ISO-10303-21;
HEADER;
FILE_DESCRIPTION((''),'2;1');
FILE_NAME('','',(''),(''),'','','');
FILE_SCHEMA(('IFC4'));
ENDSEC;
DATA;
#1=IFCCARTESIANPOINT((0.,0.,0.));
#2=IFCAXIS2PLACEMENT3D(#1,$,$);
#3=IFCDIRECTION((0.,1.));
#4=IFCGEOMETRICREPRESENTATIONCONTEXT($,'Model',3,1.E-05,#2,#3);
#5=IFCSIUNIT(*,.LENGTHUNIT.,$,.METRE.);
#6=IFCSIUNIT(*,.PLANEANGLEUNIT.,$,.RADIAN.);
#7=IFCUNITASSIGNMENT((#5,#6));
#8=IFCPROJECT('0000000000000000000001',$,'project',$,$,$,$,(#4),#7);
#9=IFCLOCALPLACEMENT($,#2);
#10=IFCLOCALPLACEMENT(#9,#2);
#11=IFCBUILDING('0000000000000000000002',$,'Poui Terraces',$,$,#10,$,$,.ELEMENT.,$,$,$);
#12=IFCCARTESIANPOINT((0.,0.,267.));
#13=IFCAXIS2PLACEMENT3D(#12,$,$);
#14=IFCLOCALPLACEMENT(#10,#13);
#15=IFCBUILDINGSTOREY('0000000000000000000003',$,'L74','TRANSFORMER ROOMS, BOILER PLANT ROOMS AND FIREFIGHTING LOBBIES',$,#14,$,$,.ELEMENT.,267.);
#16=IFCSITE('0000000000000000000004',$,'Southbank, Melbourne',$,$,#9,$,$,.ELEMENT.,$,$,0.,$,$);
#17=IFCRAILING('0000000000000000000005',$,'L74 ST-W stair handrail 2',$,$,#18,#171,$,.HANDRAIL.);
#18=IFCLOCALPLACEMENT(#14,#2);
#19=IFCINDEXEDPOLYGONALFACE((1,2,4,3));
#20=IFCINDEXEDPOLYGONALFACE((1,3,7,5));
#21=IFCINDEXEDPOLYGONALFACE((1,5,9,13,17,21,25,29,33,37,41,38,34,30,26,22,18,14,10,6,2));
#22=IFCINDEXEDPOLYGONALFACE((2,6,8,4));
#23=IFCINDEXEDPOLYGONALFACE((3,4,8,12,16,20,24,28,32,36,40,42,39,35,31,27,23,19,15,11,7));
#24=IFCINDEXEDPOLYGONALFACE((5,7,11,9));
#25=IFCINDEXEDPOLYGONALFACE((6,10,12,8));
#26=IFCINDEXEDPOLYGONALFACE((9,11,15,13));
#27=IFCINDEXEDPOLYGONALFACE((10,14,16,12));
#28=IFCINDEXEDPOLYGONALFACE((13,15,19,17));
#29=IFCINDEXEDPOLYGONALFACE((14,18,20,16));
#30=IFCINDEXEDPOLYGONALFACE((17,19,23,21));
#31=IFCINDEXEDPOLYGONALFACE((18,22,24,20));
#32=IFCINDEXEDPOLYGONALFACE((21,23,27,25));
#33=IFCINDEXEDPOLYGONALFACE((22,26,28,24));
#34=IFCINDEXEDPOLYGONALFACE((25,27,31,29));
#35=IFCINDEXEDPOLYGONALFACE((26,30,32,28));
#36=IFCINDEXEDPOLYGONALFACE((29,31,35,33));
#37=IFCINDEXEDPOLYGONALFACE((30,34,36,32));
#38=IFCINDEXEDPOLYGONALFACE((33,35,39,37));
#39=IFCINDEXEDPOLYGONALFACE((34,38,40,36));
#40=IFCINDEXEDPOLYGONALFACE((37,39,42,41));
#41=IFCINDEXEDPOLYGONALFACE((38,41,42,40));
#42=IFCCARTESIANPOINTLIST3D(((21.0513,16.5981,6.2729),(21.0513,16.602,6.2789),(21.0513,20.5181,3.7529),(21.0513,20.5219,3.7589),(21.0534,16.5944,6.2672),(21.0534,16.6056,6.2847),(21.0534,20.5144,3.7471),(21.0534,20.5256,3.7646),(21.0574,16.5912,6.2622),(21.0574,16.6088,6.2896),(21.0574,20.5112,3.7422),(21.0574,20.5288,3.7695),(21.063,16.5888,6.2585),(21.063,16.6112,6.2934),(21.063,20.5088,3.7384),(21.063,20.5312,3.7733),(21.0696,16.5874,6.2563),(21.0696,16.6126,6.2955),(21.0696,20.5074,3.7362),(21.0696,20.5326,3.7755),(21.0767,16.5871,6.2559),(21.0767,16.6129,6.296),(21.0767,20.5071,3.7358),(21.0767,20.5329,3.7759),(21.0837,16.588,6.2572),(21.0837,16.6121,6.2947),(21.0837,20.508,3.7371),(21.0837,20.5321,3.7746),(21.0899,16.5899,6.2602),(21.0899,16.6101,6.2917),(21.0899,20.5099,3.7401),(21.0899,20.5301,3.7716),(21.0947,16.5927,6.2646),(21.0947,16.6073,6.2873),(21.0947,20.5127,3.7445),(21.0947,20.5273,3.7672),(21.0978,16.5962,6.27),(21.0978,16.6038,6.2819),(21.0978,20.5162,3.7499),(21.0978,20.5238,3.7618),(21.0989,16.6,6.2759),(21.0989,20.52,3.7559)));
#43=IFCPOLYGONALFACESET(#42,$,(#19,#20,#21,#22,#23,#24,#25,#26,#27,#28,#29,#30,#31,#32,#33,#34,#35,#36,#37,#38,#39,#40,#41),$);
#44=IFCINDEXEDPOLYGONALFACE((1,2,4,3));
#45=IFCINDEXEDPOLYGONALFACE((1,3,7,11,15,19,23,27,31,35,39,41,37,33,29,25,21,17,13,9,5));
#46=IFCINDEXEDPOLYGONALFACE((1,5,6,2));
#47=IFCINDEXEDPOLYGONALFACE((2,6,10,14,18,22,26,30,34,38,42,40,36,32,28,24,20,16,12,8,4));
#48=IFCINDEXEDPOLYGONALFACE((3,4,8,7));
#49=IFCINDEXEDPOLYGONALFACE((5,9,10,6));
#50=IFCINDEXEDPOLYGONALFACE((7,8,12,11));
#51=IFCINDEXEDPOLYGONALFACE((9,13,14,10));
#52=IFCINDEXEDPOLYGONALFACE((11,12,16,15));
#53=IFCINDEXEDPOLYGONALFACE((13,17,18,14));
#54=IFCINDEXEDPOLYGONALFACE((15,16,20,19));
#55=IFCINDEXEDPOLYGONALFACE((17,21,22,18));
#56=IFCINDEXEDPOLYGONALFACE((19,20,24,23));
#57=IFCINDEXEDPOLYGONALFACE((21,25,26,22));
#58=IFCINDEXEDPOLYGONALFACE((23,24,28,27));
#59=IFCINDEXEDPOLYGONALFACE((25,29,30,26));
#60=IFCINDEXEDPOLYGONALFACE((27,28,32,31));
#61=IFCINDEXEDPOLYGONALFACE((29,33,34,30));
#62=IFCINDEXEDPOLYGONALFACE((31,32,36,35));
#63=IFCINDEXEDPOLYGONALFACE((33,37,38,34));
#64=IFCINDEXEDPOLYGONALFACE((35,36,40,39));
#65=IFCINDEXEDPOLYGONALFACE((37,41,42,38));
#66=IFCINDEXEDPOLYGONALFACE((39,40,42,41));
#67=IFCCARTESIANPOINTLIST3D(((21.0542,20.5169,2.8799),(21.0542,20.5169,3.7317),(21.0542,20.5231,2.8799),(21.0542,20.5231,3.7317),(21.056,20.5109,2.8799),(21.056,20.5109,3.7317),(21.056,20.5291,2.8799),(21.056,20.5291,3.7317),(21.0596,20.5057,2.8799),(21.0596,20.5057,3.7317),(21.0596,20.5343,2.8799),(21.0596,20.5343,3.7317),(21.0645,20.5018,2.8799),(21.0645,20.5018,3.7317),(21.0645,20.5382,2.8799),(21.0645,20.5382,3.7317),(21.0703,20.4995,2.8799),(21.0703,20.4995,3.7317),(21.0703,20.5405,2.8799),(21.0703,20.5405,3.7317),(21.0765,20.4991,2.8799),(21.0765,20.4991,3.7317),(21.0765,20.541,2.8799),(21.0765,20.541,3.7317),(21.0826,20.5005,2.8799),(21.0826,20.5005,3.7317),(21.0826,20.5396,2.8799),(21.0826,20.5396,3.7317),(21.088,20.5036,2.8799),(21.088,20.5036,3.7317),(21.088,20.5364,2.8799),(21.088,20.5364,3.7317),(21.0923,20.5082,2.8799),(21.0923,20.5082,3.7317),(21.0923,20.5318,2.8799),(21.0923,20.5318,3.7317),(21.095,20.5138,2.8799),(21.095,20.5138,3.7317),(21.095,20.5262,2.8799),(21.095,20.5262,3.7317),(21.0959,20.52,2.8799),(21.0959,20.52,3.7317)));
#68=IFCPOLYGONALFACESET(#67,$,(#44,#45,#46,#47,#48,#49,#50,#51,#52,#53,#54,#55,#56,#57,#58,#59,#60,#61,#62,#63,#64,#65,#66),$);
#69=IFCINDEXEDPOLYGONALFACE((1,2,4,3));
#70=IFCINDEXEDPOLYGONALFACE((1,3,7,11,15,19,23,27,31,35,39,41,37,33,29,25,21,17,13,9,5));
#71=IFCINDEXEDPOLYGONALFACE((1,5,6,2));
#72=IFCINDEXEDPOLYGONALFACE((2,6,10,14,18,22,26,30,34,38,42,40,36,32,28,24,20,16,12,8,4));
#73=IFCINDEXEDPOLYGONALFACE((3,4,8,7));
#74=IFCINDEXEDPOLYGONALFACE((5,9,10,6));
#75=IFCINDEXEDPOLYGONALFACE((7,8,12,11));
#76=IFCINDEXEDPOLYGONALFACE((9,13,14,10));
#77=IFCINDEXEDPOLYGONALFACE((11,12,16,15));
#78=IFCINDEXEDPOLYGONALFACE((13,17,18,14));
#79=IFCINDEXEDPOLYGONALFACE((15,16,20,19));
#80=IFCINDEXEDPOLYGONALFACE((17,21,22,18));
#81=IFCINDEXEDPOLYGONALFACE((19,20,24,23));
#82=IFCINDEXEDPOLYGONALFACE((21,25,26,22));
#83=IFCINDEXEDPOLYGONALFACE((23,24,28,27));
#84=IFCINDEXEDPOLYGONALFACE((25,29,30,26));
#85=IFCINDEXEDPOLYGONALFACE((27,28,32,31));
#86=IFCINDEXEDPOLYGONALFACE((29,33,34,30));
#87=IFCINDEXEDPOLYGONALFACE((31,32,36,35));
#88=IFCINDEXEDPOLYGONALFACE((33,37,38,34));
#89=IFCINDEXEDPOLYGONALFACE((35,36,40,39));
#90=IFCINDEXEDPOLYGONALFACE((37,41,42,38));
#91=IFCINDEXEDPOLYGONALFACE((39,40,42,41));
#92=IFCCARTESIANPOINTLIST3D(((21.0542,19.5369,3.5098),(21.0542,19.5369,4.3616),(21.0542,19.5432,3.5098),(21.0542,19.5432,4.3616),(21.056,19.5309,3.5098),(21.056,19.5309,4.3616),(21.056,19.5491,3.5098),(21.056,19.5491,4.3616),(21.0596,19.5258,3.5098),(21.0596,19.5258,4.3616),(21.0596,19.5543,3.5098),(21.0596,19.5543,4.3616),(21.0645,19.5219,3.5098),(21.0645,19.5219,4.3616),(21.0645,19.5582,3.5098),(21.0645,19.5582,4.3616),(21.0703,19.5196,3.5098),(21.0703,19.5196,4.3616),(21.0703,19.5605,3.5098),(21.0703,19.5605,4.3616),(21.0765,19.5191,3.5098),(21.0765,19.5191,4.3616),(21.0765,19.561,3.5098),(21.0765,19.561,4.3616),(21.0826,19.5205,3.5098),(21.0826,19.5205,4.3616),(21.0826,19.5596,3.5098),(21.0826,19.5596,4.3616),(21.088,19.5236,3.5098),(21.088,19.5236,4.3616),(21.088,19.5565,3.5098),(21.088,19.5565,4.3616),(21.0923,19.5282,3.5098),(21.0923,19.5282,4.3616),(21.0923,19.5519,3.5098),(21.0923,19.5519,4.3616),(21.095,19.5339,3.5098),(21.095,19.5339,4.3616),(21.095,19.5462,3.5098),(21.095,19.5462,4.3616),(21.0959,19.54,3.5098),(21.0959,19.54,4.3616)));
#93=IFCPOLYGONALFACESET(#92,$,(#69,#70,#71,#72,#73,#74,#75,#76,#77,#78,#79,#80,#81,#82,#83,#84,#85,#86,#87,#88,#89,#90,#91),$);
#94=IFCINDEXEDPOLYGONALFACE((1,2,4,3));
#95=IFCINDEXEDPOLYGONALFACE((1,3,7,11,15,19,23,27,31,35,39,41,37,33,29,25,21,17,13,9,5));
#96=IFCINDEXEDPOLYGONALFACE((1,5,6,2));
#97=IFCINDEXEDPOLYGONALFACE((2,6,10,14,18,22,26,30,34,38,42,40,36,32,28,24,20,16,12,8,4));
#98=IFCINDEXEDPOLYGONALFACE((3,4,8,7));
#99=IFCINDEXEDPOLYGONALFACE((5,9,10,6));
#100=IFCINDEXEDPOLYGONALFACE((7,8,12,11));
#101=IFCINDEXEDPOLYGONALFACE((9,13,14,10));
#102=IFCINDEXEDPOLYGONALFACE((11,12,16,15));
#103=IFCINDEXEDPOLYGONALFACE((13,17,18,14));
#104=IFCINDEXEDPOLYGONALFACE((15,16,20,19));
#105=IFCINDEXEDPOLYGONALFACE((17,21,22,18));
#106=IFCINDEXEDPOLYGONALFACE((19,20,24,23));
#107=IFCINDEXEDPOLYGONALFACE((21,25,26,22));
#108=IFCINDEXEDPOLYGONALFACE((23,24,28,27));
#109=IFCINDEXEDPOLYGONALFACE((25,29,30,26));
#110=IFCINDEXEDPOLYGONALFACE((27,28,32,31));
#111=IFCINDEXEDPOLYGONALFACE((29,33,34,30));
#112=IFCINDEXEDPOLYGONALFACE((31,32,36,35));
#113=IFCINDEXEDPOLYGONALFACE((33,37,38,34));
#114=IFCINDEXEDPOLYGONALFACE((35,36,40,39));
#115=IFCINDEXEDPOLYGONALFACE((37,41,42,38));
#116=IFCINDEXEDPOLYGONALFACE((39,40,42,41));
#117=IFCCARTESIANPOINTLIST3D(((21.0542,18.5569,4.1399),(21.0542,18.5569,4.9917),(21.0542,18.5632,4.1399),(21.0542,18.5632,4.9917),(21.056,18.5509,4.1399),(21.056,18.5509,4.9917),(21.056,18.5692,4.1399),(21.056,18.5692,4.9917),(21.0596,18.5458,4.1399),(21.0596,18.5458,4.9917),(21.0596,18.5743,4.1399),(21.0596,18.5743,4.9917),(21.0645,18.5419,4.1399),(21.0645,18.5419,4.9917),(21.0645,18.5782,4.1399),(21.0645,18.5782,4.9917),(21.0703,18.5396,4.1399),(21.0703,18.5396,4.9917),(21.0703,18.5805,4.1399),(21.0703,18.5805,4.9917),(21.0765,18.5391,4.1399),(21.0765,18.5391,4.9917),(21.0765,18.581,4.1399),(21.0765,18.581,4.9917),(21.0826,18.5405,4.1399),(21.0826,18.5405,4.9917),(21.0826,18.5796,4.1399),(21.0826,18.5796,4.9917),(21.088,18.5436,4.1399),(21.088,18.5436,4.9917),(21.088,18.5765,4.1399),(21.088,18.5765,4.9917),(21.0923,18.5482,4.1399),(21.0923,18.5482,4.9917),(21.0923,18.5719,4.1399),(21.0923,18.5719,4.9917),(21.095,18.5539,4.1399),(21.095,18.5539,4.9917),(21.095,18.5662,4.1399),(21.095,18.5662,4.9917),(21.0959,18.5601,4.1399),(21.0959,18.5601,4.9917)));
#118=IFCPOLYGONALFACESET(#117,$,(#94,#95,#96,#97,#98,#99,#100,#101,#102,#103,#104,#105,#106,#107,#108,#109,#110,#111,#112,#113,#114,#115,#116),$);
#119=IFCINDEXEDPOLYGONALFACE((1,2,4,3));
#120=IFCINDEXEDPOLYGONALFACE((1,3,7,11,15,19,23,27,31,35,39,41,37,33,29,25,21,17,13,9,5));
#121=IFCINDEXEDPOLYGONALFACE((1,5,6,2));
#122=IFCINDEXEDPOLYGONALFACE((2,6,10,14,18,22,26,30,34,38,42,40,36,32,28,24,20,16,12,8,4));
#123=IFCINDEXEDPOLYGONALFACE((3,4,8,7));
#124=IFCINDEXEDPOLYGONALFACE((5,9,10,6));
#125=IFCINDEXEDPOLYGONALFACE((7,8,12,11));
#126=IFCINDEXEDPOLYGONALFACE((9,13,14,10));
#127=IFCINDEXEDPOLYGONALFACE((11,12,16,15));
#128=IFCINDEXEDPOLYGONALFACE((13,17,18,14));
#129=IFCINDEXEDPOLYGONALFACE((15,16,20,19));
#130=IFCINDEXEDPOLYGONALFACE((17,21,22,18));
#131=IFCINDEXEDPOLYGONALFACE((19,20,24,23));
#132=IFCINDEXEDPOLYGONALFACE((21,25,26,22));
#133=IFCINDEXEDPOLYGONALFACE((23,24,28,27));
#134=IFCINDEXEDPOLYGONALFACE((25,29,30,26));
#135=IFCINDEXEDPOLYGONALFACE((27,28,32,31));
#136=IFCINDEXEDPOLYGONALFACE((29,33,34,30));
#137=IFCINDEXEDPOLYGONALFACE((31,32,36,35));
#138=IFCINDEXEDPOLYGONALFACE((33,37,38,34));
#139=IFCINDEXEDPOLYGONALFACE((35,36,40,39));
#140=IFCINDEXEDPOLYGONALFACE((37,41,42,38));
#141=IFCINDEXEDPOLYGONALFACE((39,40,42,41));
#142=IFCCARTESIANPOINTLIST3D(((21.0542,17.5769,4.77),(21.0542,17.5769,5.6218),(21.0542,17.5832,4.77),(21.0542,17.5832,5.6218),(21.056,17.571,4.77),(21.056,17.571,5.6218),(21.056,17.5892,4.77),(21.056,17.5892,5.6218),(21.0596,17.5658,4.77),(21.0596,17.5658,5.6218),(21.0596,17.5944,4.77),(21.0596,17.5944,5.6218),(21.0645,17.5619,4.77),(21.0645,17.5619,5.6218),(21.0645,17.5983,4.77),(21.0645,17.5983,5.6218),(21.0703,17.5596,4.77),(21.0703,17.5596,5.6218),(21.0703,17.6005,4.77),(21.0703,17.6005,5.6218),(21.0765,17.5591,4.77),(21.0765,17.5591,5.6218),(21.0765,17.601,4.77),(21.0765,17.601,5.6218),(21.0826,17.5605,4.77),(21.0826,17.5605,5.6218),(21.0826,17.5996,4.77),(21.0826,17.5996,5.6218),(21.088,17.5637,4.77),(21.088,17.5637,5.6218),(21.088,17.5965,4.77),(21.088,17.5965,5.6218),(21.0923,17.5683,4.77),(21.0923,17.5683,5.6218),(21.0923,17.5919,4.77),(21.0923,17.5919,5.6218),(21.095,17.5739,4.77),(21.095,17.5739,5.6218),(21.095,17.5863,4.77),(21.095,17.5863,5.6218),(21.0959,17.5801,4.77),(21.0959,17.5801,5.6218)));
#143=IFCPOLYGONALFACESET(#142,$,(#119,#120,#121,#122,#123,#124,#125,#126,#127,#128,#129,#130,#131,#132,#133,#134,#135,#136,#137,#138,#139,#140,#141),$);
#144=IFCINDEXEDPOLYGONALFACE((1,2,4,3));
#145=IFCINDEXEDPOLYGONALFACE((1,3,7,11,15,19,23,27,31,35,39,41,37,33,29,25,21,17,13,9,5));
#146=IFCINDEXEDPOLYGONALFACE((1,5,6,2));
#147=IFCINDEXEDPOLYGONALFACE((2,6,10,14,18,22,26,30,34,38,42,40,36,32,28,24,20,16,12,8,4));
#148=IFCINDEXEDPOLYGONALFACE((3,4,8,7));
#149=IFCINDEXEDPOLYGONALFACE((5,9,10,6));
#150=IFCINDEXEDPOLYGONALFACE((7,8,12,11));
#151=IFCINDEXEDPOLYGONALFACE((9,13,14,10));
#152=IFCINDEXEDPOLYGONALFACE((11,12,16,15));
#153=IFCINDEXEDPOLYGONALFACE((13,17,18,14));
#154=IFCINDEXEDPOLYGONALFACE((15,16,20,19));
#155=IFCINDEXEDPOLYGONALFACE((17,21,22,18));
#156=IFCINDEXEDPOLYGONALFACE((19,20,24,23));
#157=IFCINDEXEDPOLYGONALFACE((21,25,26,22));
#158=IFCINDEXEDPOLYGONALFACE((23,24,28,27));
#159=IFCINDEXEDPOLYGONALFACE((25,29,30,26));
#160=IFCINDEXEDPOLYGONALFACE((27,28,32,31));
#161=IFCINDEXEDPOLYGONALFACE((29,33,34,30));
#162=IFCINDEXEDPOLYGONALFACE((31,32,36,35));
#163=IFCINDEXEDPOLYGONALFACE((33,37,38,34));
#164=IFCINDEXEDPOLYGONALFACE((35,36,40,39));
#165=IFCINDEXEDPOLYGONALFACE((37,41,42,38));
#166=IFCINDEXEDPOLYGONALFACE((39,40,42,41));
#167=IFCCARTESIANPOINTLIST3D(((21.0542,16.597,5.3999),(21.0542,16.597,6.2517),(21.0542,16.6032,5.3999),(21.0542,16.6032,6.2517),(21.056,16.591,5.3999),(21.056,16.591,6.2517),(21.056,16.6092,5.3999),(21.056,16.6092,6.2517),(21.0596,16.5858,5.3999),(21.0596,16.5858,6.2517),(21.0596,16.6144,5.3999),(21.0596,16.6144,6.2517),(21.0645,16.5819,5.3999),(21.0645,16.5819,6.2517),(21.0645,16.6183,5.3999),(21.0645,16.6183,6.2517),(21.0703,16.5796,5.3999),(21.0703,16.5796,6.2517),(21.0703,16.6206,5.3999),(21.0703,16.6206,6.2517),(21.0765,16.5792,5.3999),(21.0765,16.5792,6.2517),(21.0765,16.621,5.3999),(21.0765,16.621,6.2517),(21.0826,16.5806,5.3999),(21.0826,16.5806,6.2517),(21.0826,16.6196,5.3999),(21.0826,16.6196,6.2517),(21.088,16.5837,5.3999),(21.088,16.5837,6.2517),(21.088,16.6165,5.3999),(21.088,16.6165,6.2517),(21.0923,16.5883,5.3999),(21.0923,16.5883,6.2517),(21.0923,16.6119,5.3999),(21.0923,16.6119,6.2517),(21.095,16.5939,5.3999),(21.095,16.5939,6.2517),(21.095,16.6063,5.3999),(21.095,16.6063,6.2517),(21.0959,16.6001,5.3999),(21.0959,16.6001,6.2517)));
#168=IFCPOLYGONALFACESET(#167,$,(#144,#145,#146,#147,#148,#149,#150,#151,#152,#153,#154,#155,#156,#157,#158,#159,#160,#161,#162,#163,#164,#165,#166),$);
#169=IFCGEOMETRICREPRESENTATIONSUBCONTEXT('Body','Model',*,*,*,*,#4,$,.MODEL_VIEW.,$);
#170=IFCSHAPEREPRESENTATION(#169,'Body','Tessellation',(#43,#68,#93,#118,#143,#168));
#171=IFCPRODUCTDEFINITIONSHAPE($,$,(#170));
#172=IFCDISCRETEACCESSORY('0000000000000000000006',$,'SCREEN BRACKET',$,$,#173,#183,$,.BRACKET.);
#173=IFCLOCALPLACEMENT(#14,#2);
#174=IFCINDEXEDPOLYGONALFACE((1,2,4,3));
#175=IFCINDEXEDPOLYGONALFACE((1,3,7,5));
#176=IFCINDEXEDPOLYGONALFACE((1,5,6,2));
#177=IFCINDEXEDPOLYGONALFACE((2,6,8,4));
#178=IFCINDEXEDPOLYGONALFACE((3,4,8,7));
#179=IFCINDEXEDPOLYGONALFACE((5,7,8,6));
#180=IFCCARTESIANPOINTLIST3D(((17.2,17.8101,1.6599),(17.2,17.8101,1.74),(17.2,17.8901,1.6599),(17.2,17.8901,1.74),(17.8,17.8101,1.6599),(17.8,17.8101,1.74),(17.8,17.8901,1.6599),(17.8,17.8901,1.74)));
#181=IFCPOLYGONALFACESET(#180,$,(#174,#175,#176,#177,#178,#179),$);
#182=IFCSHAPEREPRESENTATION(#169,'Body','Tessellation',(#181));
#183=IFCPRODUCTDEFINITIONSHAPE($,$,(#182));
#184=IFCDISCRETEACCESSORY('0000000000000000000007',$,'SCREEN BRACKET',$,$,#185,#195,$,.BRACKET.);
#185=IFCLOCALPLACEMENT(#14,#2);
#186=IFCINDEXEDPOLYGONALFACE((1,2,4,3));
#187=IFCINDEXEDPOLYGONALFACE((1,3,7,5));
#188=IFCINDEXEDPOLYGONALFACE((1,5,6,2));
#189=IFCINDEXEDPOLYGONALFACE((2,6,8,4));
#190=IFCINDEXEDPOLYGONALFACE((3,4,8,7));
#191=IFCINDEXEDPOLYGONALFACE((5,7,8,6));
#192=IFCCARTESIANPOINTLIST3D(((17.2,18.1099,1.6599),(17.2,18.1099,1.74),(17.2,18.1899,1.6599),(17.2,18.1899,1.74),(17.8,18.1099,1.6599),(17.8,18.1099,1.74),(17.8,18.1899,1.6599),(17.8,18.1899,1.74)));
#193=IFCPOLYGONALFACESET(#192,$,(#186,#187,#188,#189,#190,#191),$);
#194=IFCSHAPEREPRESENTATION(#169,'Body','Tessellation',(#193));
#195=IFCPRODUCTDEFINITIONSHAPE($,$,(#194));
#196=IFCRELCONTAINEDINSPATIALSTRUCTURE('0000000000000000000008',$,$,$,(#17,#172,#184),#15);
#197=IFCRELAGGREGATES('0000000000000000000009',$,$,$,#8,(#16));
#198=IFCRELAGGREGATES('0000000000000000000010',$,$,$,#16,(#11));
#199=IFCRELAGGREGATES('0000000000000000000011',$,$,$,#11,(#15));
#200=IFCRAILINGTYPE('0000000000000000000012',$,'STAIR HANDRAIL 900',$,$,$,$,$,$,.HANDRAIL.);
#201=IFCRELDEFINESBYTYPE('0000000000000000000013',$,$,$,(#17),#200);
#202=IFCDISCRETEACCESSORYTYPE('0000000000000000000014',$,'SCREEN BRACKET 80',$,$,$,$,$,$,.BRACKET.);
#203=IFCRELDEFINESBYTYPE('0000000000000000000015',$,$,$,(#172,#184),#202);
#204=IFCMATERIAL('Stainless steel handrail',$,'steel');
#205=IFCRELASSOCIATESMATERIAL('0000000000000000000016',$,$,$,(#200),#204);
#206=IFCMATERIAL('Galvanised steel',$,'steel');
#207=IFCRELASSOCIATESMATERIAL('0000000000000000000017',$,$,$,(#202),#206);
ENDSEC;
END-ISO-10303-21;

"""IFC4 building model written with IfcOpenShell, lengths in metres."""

from ifc_helpers import new_model, si_unit, direction, frame, origin, origin_2d, place, context, subcontext, project, spatial, rectangle, circle, extrude, source, transform, mapped, material, material_profile, profile_set, type_object, element, save


model = new_model("IFC4")

# Units and contexts
model_context = context("Model", 3, precision=1e-05, world=origin(), true_north=direction((0.0, 1.0)))
body_context = subcontext(model_context, "Body", "Model", "MODEL_VIEW")
ifc_project = project(units=[si_unit("LENGTHUNIT", "METRE"), si_unit("PLANEANGLEUNIT", "RADIAN")], contexts=[model_context])

# Site, building, storey
site_placement = place(None, origin())
site = spatial("IfcSite", under=ifc_project, at=site_placement, Name="Southbank, Melbourne", CompositionType="ELEMENT", RefElevation=0.0)
building_placement = place(site_placement, origin())
building = spatial("IfcBuilding", under=site, at=building_placement, Name="Poui Terraces", CompositionType="ELEMENT")
storey_placement = place(building_placement, frame((0.0, 0.0, 267.0)))
storey = spatial("IfcBuildingStorey", under=building, at=storey_placement, Name="L74", Description="TRANSFORMER ROOMS, BOILER PLANT ROOMS AND FIREFIGHTING LOBBIES", CompositionType="ELEMENT", Elevation=267.0)

# Railing
ifc_material_1 = material(Name="Stainless steel handrail", Category="steel")
railing_type_1 = type_object("IfcRailingType", Name="STAIR HANDRAIL 900", PredefinedType="HANDRAIL", material=ifc_material_1)
railing_1_placement = place(storey_placement, frame((21.075, 20.52, 2.8799)))
element("IfcRailing", 1, at=railing_1_placement, inside=storey, type_object=railing_type_1, Name="L74 ST-W stair handrail 2", PredefinedType="HANDRAIL", context=body_context, shape_type="SweptSolid", body=[
    extrude(circle(Radius=0.0239, at=origin_2d()), frame((0.0, 0.0, 0.876), z_axis=(0.0, -0.841172, 0.540768), x_axis=(1.0, 0.0, 0.0)), (0.0, 0.0, 1.0), 4.6602),
    extrude(circle(Radius=0.021, at=origin_2d()), origin(), (0.0, 0.0, 1.0), 0.8518),
    extrude(circle(Radius=0.021, at=origin_2d()), frame((0.0, -0.98, 0.6299)), (0.0, 0.0, 1.0), 0.8518),
    extrude(circle(Radius=0.021, at=origin_2d()), frame((0.0, -1.96, 1.26)), (0.0, 0.0, 1.0), 0.8518),
    extrude(circle(Radius=0.021, at=origin_2d()), frame((0.0, -2.9399, 1.8901)), (0.0, 0.0, 1.0), 0.8518),
    extrude(circle(Radius=0.021, at=origin_2d()), frame((0.0, -3.9199, 2.52)), (0.0, 0.0, 1.0), 0.8518),
])

# Discrete accessories
ifc_material_2 = material(Name="Galvanised steel", Category="steel")
ifc_material_profile_1 = material_profile(ifc_material_2, rectangle(XDim=0.0801, YDim=0.0801, at=origin_2d()), Name="SCREEN BRACKET 80")
ifc_profile_set_1 = profile_set([ifc_material_profile_1], Name="Galvanised steel")
discrete_accessory_type = type_object("IfcDiscreteAccessoryType", Name="SCREEN BRACKET 80", PredefinedType="BRACKET", material=ifc_profile_set_1)
shared_shape_1 = source(origin(), body_context, "Body", "SweptSolid", [
    extrude(rectangle(XDim=0.0801, YDim=0.0801, at=origin_2d()), origin(), (0.0, 0.0, 1.0), 0.6001),
])
for number, where, z_axis, x_axis, name in (
    (2, (17.8, 17.8501, 1.7), (-1.0, 0.0, 0.0), (0.0, -1.0, 0.0), "SCREEN BRACKET"),
    (3, (17.8, 18.1499, 1.7), (-1.0, 0.0, 0.0), (0.0, -1.0, 0.0), "SCREEN BRACKET"),
):
    element("IfcDiscreteAccessory", number, at=place(storey_placement, frame(where, z_axis=z_axis, x_axis=x_axis)), inside=storey, type_object=discrete_accessory_type, Name=name, PredefinedType="BRACKET", context=body_context, shape_type="MappedRepresentation", body=[
        mapped(shared_shape_1, transform((0.0, 0.0, 0.0))),
    ])

save(model, "model.ifc")
